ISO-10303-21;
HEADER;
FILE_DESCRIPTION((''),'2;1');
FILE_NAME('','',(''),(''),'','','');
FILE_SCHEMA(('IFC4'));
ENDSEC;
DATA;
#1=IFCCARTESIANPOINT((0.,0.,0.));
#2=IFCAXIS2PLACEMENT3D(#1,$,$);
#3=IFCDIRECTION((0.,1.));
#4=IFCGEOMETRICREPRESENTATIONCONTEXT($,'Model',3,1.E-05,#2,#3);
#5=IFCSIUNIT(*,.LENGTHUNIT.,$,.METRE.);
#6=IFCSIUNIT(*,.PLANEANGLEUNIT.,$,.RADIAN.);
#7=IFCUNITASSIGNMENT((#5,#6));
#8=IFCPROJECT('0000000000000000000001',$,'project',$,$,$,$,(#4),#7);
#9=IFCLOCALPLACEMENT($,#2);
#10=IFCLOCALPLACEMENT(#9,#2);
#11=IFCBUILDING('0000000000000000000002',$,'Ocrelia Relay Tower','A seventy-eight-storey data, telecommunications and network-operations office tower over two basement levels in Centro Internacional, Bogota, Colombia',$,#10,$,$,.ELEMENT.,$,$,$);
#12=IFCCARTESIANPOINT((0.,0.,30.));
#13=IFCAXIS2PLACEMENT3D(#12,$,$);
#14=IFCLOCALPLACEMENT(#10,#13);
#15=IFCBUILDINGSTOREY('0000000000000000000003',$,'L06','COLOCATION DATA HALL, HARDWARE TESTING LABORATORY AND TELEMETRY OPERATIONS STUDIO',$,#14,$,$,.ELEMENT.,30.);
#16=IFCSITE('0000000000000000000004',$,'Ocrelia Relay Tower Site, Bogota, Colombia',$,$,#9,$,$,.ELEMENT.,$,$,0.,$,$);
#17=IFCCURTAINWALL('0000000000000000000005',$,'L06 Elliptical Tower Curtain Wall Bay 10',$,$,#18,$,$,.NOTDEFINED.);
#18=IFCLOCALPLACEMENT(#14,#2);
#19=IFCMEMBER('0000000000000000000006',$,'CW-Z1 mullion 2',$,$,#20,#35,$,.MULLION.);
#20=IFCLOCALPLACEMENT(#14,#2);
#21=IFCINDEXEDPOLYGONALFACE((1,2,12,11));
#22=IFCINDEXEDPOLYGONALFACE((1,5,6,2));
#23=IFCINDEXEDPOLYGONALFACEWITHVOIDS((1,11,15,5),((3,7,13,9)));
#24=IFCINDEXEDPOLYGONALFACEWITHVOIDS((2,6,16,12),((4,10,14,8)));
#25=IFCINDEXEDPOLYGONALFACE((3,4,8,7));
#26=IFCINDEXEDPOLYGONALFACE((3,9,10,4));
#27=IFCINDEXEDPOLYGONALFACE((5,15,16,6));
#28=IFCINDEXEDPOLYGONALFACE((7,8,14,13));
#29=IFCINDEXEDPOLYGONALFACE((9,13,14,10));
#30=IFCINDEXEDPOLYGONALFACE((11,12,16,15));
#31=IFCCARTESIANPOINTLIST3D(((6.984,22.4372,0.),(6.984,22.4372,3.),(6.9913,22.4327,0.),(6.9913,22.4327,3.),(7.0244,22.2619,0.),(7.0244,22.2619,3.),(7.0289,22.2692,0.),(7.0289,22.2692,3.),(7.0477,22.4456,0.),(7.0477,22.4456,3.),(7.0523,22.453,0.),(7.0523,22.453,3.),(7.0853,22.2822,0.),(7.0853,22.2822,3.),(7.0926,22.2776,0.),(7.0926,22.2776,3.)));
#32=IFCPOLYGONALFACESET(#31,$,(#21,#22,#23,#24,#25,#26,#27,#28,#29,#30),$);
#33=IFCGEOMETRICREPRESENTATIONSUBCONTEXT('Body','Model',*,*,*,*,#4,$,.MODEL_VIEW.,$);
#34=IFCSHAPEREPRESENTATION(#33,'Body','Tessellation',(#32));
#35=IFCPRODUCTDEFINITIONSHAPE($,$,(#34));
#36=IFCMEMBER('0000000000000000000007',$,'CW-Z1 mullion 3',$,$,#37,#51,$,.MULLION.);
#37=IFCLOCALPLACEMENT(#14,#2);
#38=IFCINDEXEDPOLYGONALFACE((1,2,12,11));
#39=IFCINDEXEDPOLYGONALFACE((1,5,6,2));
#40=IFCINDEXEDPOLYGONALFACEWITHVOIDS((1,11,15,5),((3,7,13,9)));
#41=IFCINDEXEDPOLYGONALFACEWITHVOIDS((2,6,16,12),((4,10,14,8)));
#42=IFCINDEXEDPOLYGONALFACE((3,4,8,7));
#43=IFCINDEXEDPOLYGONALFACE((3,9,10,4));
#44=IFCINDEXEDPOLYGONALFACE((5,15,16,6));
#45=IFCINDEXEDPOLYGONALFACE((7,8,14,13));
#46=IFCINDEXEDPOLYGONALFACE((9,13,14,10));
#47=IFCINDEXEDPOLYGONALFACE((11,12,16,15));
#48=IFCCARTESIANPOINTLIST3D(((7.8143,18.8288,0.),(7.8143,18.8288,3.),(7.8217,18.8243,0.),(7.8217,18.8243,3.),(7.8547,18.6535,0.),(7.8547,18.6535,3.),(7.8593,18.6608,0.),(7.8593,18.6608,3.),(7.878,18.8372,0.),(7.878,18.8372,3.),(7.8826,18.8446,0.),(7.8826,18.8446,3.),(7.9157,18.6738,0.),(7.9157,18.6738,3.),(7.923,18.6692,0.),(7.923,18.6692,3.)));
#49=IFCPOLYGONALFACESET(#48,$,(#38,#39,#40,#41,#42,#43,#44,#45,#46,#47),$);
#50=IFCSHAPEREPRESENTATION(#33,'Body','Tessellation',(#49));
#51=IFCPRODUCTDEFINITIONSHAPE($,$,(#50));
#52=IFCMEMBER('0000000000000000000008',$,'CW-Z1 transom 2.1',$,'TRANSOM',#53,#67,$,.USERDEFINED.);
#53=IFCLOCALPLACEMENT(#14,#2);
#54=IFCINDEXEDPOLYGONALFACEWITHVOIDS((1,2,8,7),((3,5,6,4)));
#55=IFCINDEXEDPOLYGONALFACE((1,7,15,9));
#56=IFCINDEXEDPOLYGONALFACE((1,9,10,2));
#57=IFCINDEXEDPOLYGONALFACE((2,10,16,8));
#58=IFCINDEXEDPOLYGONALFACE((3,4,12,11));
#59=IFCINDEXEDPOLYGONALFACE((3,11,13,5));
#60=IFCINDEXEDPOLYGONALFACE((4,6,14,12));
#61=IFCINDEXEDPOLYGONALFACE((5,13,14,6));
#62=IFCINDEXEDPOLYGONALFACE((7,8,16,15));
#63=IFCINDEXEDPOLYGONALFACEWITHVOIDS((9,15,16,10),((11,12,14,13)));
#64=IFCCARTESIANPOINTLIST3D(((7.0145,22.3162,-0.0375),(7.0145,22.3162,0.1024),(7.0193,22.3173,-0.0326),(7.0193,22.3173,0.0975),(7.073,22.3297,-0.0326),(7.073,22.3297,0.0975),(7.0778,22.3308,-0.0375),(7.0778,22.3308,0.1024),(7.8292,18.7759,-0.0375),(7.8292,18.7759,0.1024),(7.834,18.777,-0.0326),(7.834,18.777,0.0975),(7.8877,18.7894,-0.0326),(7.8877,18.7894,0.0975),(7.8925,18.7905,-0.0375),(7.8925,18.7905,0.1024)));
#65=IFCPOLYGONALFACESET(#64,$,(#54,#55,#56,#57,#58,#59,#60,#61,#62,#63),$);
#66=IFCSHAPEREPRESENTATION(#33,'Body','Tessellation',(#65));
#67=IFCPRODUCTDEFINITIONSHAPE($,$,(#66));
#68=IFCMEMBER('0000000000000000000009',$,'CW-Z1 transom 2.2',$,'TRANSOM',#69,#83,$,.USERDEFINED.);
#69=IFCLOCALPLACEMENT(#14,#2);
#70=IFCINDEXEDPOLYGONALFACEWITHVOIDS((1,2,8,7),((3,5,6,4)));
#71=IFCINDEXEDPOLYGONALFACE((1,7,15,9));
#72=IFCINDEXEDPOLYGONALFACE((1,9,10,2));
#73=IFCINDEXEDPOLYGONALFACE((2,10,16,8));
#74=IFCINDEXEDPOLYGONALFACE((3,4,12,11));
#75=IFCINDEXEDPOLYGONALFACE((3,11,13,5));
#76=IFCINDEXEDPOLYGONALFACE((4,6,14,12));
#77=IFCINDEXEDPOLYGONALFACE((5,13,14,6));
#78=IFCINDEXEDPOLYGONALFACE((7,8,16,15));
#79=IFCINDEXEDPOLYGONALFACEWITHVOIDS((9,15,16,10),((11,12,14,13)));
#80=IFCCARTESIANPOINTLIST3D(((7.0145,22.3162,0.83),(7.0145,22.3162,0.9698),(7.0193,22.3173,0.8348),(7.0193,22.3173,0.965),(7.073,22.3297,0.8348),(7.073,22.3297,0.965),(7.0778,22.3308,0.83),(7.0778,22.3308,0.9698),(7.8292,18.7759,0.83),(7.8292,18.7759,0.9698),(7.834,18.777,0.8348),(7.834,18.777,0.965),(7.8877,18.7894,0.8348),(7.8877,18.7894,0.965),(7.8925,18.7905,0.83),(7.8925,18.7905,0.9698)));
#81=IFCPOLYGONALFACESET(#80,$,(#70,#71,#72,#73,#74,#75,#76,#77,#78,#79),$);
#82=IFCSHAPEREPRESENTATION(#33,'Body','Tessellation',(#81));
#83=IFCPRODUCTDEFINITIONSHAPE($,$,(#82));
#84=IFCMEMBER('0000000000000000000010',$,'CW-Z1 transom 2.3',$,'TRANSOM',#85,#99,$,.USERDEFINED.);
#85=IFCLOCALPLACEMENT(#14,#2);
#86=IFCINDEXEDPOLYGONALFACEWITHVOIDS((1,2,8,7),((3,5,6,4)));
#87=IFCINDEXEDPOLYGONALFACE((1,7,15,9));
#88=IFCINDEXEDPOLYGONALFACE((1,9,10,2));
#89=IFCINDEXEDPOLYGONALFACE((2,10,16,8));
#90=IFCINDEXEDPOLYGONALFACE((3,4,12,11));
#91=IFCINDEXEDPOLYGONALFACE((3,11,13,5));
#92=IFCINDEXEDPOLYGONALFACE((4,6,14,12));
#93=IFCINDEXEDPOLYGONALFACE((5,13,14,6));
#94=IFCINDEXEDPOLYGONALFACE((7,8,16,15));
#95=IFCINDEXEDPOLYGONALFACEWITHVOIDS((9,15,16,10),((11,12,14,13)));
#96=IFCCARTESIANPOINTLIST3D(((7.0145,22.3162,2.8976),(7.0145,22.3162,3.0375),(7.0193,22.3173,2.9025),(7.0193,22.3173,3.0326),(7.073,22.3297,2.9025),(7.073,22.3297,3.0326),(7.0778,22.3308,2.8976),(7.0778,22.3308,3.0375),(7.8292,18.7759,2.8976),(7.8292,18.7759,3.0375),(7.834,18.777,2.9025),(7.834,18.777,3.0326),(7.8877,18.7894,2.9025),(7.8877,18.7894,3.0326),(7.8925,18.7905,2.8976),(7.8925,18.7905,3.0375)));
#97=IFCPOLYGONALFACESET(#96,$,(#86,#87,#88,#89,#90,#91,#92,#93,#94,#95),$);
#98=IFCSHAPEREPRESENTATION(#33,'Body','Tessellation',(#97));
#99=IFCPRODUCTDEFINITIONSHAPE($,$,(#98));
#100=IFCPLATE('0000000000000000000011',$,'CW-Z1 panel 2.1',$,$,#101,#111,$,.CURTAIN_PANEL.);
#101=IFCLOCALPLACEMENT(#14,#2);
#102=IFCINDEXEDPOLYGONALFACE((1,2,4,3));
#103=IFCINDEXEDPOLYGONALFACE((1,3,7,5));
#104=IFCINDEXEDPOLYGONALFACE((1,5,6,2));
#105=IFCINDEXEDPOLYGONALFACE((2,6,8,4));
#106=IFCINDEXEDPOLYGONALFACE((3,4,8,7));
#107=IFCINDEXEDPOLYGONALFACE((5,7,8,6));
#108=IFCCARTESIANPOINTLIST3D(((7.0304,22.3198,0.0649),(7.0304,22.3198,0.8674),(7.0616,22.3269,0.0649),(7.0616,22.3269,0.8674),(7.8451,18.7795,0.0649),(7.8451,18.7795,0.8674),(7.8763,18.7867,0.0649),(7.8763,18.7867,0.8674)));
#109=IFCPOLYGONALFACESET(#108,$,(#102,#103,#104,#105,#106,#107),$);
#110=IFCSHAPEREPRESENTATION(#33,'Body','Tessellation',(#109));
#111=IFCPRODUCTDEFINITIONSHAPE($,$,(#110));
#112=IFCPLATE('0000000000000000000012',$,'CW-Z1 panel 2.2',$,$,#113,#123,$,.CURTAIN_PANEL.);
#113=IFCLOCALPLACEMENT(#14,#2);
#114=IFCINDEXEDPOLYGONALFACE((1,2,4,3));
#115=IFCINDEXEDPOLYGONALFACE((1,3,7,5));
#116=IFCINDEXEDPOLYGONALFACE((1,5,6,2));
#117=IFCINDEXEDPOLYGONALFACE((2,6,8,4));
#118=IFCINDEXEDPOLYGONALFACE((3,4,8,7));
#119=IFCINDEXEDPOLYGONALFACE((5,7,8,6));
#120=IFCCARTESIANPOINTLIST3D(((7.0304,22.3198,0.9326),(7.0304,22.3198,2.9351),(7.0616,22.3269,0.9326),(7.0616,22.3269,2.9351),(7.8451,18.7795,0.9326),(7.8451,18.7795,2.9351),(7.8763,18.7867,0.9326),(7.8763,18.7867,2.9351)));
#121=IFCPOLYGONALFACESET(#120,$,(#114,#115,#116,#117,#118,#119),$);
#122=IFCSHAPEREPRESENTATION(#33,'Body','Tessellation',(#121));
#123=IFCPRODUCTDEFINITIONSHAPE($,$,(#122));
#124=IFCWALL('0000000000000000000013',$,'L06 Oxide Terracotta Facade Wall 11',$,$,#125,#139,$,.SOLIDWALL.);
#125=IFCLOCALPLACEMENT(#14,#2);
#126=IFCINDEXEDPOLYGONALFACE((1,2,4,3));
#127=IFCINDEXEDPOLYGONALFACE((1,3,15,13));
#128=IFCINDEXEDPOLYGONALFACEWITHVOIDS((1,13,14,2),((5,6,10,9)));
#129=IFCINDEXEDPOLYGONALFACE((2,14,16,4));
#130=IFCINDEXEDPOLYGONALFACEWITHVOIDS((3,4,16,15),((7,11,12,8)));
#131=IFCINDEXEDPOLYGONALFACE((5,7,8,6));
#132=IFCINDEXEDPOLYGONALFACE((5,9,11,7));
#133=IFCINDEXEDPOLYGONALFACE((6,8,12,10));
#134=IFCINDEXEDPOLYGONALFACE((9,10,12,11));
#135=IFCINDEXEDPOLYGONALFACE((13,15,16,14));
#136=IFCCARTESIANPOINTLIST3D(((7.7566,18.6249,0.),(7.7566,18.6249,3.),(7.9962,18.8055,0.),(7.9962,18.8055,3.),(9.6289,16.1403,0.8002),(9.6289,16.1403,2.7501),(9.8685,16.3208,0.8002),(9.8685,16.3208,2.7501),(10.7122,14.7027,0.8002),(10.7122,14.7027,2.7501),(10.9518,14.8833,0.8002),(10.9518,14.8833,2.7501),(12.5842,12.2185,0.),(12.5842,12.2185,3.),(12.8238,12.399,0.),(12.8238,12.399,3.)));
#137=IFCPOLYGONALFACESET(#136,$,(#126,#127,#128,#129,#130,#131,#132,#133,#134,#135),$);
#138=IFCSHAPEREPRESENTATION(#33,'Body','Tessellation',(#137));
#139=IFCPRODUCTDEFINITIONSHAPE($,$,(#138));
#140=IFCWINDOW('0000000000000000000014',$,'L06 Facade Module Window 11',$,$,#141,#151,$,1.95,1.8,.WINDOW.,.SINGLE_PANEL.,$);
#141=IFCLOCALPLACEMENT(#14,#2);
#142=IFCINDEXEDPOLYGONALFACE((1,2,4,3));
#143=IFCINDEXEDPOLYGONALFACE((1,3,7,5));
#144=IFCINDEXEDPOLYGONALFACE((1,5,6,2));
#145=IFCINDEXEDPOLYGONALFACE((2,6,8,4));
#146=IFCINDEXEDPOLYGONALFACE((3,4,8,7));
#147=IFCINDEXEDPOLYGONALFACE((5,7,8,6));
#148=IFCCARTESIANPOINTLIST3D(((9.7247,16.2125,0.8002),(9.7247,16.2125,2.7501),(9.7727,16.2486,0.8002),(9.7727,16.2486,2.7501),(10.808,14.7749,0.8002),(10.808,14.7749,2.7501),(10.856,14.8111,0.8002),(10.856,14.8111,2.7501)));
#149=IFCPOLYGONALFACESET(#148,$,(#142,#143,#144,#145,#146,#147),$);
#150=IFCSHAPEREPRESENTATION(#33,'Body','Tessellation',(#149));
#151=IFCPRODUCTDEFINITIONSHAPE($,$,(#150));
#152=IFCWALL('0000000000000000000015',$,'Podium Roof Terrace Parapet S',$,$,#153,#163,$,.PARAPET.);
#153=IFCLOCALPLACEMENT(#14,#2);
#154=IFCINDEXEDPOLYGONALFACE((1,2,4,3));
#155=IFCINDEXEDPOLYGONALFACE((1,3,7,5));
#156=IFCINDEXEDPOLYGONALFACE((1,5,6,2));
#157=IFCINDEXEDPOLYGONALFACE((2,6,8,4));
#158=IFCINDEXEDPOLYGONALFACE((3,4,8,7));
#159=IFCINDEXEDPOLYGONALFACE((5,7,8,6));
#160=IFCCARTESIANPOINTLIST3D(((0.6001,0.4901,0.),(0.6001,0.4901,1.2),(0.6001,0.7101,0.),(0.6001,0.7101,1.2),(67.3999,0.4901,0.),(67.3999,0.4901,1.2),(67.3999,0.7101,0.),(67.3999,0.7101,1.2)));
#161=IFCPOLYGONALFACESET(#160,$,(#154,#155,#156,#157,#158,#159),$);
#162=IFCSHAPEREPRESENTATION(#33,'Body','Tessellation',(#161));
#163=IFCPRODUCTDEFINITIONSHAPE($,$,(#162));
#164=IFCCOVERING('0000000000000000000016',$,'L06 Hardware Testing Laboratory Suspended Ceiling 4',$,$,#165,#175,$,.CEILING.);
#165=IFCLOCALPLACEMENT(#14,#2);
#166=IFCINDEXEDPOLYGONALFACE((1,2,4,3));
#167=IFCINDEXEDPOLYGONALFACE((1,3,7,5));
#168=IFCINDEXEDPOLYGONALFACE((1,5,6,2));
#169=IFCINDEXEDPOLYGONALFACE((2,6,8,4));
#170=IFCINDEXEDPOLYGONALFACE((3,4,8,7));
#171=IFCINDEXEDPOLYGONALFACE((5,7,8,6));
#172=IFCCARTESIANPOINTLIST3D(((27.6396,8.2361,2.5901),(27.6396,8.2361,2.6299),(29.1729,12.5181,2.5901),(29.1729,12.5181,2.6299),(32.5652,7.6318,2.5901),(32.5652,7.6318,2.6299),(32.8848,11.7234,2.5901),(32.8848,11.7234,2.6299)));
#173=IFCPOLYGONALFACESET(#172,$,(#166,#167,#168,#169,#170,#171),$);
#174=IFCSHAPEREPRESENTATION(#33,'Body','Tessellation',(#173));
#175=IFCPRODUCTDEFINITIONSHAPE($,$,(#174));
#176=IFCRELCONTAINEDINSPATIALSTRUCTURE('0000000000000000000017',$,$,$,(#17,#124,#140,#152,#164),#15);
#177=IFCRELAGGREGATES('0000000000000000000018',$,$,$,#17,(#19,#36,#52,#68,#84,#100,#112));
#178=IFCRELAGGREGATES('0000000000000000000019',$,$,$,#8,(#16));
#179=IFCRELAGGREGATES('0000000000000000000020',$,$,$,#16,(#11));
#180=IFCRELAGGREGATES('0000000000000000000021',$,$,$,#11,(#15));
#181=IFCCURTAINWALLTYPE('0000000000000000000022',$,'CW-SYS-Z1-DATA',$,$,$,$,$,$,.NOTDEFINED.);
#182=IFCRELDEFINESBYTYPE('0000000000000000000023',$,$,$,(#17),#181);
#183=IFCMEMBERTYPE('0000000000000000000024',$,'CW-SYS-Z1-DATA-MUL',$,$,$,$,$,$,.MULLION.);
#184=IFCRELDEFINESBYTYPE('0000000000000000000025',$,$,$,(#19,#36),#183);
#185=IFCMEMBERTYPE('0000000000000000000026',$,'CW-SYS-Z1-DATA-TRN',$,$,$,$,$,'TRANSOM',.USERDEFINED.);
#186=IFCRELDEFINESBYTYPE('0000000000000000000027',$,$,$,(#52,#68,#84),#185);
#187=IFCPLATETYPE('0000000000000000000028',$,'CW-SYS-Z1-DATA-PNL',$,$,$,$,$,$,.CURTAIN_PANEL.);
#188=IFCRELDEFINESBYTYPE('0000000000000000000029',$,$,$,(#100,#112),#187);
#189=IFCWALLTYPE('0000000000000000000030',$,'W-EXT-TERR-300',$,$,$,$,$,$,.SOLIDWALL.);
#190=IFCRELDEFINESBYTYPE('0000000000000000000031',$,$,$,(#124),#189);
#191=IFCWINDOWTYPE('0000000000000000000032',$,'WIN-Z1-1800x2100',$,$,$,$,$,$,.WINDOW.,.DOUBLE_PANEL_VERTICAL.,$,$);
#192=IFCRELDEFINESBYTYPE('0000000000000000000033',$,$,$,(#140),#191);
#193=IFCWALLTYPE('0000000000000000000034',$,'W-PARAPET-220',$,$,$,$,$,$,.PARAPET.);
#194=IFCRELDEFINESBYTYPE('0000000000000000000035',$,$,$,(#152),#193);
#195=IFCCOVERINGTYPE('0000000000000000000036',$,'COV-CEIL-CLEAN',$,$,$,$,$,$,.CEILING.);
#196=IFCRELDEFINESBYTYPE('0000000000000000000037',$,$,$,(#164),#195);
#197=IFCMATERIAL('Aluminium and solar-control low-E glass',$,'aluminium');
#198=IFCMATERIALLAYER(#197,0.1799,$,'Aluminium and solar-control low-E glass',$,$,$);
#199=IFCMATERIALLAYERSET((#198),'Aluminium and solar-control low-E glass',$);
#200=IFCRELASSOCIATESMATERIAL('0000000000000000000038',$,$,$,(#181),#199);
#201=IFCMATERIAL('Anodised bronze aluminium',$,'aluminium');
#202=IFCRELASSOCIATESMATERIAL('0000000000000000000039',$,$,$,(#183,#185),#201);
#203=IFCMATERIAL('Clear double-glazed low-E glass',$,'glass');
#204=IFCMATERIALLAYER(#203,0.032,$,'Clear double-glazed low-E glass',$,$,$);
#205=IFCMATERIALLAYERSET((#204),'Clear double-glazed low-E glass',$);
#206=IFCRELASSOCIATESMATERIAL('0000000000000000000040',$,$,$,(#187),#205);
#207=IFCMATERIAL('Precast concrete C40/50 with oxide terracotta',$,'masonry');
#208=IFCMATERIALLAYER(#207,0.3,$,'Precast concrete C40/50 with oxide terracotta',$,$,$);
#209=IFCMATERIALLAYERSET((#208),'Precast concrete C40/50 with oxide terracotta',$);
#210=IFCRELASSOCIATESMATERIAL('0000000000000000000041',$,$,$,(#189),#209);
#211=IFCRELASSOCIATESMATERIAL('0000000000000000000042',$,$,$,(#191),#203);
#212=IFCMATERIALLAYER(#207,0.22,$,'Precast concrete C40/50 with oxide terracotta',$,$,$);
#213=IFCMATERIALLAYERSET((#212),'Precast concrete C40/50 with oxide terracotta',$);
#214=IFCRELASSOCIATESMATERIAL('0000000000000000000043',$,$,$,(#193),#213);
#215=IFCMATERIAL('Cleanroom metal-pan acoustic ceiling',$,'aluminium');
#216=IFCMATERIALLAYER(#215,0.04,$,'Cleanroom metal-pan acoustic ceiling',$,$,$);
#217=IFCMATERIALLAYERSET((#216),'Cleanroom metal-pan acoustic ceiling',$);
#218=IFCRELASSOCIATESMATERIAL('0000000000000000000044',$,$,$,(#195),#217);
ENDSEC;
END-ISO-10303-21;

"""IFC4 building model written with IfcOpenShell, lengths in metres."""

from ifc_helpers import new_model, si_unit, direction, frame, frame_2d, origin, origin_2d, place, context, subcontext, project, spatial, polyline, rectangle, hollow_rectangle, outline, extrude, material, layer, layer_set, material_profile, profile_set, type_object, element, fill, aggregate, save


model = new_model("IFC4")

# Units and contexts
model_context = context("Model", 3, precision=1e-05, world=origin(), true_north=direction((0.0, 1.0)))
body_context = subcontext(model_context, "Body", "Model", "MODEL_VIEW")
ifc_project = project(units=[si_unit("LENGTHUNIT", "METRE"), si_unit("PLANEANGLEUNIT", "RADIAN")], contexts=[model_context])

# Site, building, storey
site_placement = place(None, origin())
site = spatial("IfcSite", under=ifc_project, at=site_placement, Name="Ocrelia Relay Tower Site, Bogota, Colombia", CompositionType="ELEMENT", RefElevation=0.0)
building_placement = place(site_placement, origin())
building = spatial("IfcBuilding", under=site, at=building_placement, Name="Ocrelia Relay Tower", Description="A seventy-eight-storey data, telecommunications and network-operations office tower over two basement levels in Centro Internacional, Bogota, Colombia", CompositionType="ELEMENT")
storey_placement = place(building_placement, frame((0.0, 0.0, 30.0)))
storey = spatial("IfcBuildingStorey", under=building, at=storey_placement, Name="L06", Description="COLOCATION DATA HALL, HARDWARE TESTING LABORATORY AND TELEMETRY OPERATIONS STUDIO", CompositionType="ELEMENT", Elevation=30.0)

# Curtain wall, members, plates
ifc_material_1 = material(Name="Aluminium and solar-control low-E glass", Category="aluminium")
ifc_layer_1 = layer(ifc_material_1, 0.1799, Name="Aluminium and solar-control low-E glass")
ifc_layer_set_1 = layer_set([ifc_layer_1], Name="Aluminium and solar-control low-E glass")
curtain_wall_type = type_object("IfcCurtainWallType", Name="CW-SYS-Z1-DATA", PredefinedType="NOTDEFINED", material=ifc_layer_set_1)
curtain_wall_placement = place(storey_placement, origin())
curtain_wall = element("IfcCurtainWall", 1, at=curtain_wall_placement, inside=storey, type_object=curtain_wall_type, Name="L06 Elliptical Tower Curtain Wall Bay 10", PredefinedType="NOTDEFINED")
ifc_material_2 = material(Name="Anodised bronze aluminium", Category="aluminium")
ifc_material_profile_1 = material_profile(ifc_material_2, hollow_rectangle(XDim=0.0701, YDim=0.1799, WallThickness=0.0061, at=origin_2d()), Name="CW-MUL-180x70")
ifc_profile_set_1 = profile_set([ifc_material_profile_1], Name="Anodised bronze aluminium")
member_type_1 = type_object("IfcMemberType", Name="CW-SYS-Z1-DATA-MUL", PredefinedType="MULLION", material=ifc_profile_set_1)
member_1_placement = place(storey_placement, frame((7.0383, 22.3574, 0.0), z_axis=(0.0, 0.0, 1.0), x_axis=(0.974527, 0.224268, 0.0)))
member_1 = element("IfcMember", 2, at=member_1_placement, type_object=member_type_1, Name="CW-Z1 mullion 2", PredefinedType="MULLION", context=body_context, shape_type="SweptSolid", body=[
    extrude(hollow_rectangle(XDim=0.0701, YDim=0.1799, WallThickness=0.0061, at=origin_2d()), origin(), (0.0, 0.0, 1.0), 3.0),
])
member_2_placement = place(storey_placement, frame((7.8687, 18.749, 0.0), z_axis=(0.0, 0.0, 1.0), x_axis=(0.974527, 0.224268, 0.0)))
member_2 = element("IfcMember", 3, at=member_2_placement, type_object=member_type_1, Name="CW-Z1 mullion 3", PredefinedType="MULLION", context=body_context, shape_type="SweptSolid", body=[
    extrude(hollow_rectangle(XDim=0.0701, YDim=0.1799, WallThickness=0.0061, at=origin_2d()), origin(), (0.0, 0.0, 1.0), 3.0),
])
ifc_material_profile_2 = material_profile(ifc_material_2, hollow_rectangle(XDim=0.0649, YDim=0.1399, WallThickness=0.0049, at=origin_2d()), Name="CW-TRN-140x65")
ifc_profile_set_2 = profile_set([ifc_material_profile_2], Name="Anodised bronze aluminium")
member_type_2 = type_object("IfcMemberType", Name="CW-SYS-Z1-DATA-TRN", ElementType="TRANSOM", PredefinedType="USERDEFINED", material=ifc_profile_set_2)
member_3_placement = place(storey_placement, frame((7.0461, 22.3235, 0.0325), z_axis=(0.224261, -0.974529, 0.0), x_axis=(0.974529, 0.224261, 0.0)))
member_3 = element("IfcMember", 4, at=member_3_placement, type_object=member_type_2, Name="CW-Z1 transom 2.1", ObjectType="TRANSOM", PredefinedType="USERDEFINED", context=body_context, shape_type="SweptSolid", body=[
    extrude(hollow_rectangle(XDim=0.0649, YDim=0.1399, WallThickness=0.0049, at=origin_2d()), origin(), (0.0, 0.0, 1.0), 3.6328),
])
member_4_placement = place(storey_placement, frame((7.0461, 22.3235, 0.8999), z_axis=(0.224261, -0.974529, 0.0), x_axis=(0.974529, 0.224261, 0.0)))
member_4 = element("IfcMember", 5, at=member_4_placement, type_object=member_type_2, Name="CW-Z1 transom 2.2", ObjectType="TRANSOM", PredefinedType="USERDEFINED", context=body_context, shape_type="SweptSolid", body=[
    extrude(hollow_rectangle(XDim=0.0649, YDim=0.1399, WallThickness=0.0049, at=origin_2d()), origin(), (0.0, 0.0, 1.0), 3.6328),
])
member_5_placement = place(storey_placement, frame((7.0461, 22.3235, 2.9675), z_axis=(0.224261, -0.974529, 0.0), x_axis=(0.974529, 0.224261, 0.0)))
member_5 = element("IfcMember", 6, at=member_5_placement, type_object=member_type_2, Name="CW-Z1 transom 2.3", ObjectType="TRANSOM", PredefinedType="USERDEFINED", context=body_context, shape_type="SweptSolid", body=[
    extrude(hollow_rectangle(XDim=0.0649, YDim=0.1399, WallThickness=0.0049, at=origin_2d()), origin(), (0.0, 0.0, 1.0), 3.6328),
])
ifc_material_3 = material(Name="Clear double-glazed low-E glass", Category="glass")
ifc_layer_2 = layer(ifc_material_3, 0.032, Name="Clear double-glazed low-E glass")
ifc_layer_set_2 = layer_set([ifc_layer_2], Name="Clear double-glazed low-E glass")
plate_type = type_object("IfcPlateType", Name="CW-SYS-Z1-DATA-PNL", PredefinedType="CURTAIN_PANEL", material=ifc_layer_set_2)
plate_1_placement = place(storey_placement, frame((7.4534, 20.5532, 0.0649), z_axis=(0.0, 0.0, 1.0), x_axis=(0.224268, -0.974527, 0.0)))
plate_1 = element("IfcPlate", 7, at=plate_1_placement, type_object=plate_type, Name="CW-Z1 panel 2.1", PredefinedType="CURTAIN_PANEL", context=body_context, shape_type="SweptSolid", body=[
    extrude(rectangle(XDim=3.6328, YDim=0.032, at=origin_2d()), origin(), (0.0, 0.0, 1.0), 0.8025),
])
plate_2_placement = place(storey_placement, frame((7.4534, 20.5532, 0.9326), z_axis=(0.0, 0.0, 1.0), x_axis=(0.224268, -0.974527, 0.0)))
plate_2 = element("IfcPlate", 8, at=plate_2_placement, type_object=plate_type, Name="CW-Z1 panel 2.2", PredefinedType="CURTAIN_PANEL", context=body_context, shape_type="SweptSolid", body=[
    extrude(rectangle(XDim=3.6328, YDim=0.032, at=origin_2d()), origin(), (0.0, 0.0, 1.0), 2.0024),
])
aggregate(curtain_wall, [member_1, member_2, member_3, member_4, member_5, plate_1, plate_2])

# Wall, opening, window
ifc_material_4 = material(Name="Precast concrete C40/50 with oxide terracotta", Category="masonry")
ifc_layer_3 = layer(ifc_material_4, 0.3, Name="Precast concrete C40/50 with oxide terracotta")
ifc_layer_set_3 = layer_set([ifc_layer_3], Name="Precast concrete C40/50 with oxide terracotta")
wall_type_1 = type_object("IfcWallType", Name="W-EXT-TERR-300", PredefinedType="SOLIDWALL", material=ifc_layer_set_3)
wall_1_placement = place(storey_placement, frame((7.8765, 18.7151, 0.0), z_axis=(0.0, 0.0, 1.0), x_axis=(0.601815, -0.798636, 0.0)))
wall_1 = element("IfcWall", 9, at=wall_1_placement, inside=storey, type_object=wall_type_1, Name="L06 Oxide Terracotta Facade Wall 11", PredefinedType="SOLIDWALL", context=body_context, shape_type="SweptSolid", body=[
    extrude(rectangle(XDim=8.0217, YDim=0.3, at=frame_2d((4.0107, 0.0))), origin(), (0.0, 0.0, 1.0), 3.0),
])
opening_placement = place(wall_1_placement, frame((3.1111, 0.0, 0.8)))
opening = element("IfcOpeningElement", 10, at=opening_placement, cuts=wall_1, PredefinedType="OPENING", context=body_context, shape_type="SweptSolid", body=[
    extrude(rectangle(XDim=1.8, YDim=1.95, at=frame_2d((0.8999, 0.9751))), frame((0.0, 0.1602, 0.0), z_axis=(0.0, -1.0, 0.0), x_axis=(1.0, 0.0, 0.0)), (0.0, 0.0, 1.0), 0.3201),
])
window_type = type_object("IfcWindowType", Name="WIN-Z1-1800x2100", PartitioningType="DOUBLE_PANEL_VERTICAL", PredefinedType="WINDOW", material=ifc_material_3)
window_placement = place(opening_placement, origin())
window = element("IfcWindow", 11, at=window_placement, inside=storey, type_object=window_type, Name="L06 Facade Module Window 11", OverallHeight=1.95, OverallWidth=1.8, PartitioningType="SINGLE_PANEL", PredefinedType="WINDOW", context=body_context, shape_type="SweptSolid", body=[
    extrude(rectangle(XDim=1.8, YDim=1.95, at=frame_2d((0.8999, 0.9751))), frame((0.0, 0.03, 0.0), z_axis=(0.0, -1.0, 0.0), x_axis=(1.0, 0.0, 0.0)), (0.0, 0.0, 1.0), 0.0601),
])
fill(opening, window)

# Wall
ifc_layer_4 = layer(ifc_material_4, 0.22, Name="Precast concrete C40/50 with oxide terracotta")
ifc_layer_set_4 = layer_set([ifc_layer_4], Name="Precast concrete C40/50 with oxide terracotta")
wall_type_2 = type_object("IfcWallType", Name="W-PARAPET-220", PredefinedType="PARAPET", material=ifc_layer_set_4)
wall_2_placement = place(storey_placement, frame((0.6001, 0.6001, 0.0), z_axis=(0.0, 0.0, 1.0), x_axis=(1.0, 0.0, 0.0)))
element("IfcWall", 12, at=wall_2_placement, inside=storey, type_object=wall_type_2, Name="Podium Roof Terrace Parapet S", PredefinedType="PARAPET", context=body_context, shape_type="SweptSolid", body=[
    extrude(rectangle(XDim=66.7998, YDim=0.22, at=frame_2d((33.3999, 0.0))), origin(), (0.0, 0.0, 1.0), 1.2),
])

# Covering
ifc_material_5 = material(Name="Cleanroom metal-pan acoustic ceiling", Category="aluminium")
ifc_layer_5 = layer(ifc_material_5, 0.04, Name="Cleanroom metal-pan acoustic ceiling")
ifc_layer_set_5 = layer_set([ifc_layer_5], Name="Cleanroom metal-pan acoustic ceiling")
covering_type = type_object("IfcCoveringType", Name="COV-CEIL-CLEAN", PredefinedType="CEILING", material=ifc_layer_set_5)
covering_1_placement = place(storey_placement, frame((0.0, 0.0, 2.5901)))
element("IfcCovering", 13, at=covering_1_placement, inside=storey, type_object=covering_type, Name="L06 Hardware Testing Laboratory Suspended Ceiling 4", PredefinedType="CEILING", context=body_context, shape_type="SweptSolid", body=[
    extrude(outline(polyline([(29.1729, 12.5181), (27.6396, 8.2361), (32.5652, 7.6318), (32.8848, 11.7234), (29.1729, 12.5181)])), origin(), (0.0, 0.0, 1.0), 0.0398),
])

save(model, "model.ifc")
